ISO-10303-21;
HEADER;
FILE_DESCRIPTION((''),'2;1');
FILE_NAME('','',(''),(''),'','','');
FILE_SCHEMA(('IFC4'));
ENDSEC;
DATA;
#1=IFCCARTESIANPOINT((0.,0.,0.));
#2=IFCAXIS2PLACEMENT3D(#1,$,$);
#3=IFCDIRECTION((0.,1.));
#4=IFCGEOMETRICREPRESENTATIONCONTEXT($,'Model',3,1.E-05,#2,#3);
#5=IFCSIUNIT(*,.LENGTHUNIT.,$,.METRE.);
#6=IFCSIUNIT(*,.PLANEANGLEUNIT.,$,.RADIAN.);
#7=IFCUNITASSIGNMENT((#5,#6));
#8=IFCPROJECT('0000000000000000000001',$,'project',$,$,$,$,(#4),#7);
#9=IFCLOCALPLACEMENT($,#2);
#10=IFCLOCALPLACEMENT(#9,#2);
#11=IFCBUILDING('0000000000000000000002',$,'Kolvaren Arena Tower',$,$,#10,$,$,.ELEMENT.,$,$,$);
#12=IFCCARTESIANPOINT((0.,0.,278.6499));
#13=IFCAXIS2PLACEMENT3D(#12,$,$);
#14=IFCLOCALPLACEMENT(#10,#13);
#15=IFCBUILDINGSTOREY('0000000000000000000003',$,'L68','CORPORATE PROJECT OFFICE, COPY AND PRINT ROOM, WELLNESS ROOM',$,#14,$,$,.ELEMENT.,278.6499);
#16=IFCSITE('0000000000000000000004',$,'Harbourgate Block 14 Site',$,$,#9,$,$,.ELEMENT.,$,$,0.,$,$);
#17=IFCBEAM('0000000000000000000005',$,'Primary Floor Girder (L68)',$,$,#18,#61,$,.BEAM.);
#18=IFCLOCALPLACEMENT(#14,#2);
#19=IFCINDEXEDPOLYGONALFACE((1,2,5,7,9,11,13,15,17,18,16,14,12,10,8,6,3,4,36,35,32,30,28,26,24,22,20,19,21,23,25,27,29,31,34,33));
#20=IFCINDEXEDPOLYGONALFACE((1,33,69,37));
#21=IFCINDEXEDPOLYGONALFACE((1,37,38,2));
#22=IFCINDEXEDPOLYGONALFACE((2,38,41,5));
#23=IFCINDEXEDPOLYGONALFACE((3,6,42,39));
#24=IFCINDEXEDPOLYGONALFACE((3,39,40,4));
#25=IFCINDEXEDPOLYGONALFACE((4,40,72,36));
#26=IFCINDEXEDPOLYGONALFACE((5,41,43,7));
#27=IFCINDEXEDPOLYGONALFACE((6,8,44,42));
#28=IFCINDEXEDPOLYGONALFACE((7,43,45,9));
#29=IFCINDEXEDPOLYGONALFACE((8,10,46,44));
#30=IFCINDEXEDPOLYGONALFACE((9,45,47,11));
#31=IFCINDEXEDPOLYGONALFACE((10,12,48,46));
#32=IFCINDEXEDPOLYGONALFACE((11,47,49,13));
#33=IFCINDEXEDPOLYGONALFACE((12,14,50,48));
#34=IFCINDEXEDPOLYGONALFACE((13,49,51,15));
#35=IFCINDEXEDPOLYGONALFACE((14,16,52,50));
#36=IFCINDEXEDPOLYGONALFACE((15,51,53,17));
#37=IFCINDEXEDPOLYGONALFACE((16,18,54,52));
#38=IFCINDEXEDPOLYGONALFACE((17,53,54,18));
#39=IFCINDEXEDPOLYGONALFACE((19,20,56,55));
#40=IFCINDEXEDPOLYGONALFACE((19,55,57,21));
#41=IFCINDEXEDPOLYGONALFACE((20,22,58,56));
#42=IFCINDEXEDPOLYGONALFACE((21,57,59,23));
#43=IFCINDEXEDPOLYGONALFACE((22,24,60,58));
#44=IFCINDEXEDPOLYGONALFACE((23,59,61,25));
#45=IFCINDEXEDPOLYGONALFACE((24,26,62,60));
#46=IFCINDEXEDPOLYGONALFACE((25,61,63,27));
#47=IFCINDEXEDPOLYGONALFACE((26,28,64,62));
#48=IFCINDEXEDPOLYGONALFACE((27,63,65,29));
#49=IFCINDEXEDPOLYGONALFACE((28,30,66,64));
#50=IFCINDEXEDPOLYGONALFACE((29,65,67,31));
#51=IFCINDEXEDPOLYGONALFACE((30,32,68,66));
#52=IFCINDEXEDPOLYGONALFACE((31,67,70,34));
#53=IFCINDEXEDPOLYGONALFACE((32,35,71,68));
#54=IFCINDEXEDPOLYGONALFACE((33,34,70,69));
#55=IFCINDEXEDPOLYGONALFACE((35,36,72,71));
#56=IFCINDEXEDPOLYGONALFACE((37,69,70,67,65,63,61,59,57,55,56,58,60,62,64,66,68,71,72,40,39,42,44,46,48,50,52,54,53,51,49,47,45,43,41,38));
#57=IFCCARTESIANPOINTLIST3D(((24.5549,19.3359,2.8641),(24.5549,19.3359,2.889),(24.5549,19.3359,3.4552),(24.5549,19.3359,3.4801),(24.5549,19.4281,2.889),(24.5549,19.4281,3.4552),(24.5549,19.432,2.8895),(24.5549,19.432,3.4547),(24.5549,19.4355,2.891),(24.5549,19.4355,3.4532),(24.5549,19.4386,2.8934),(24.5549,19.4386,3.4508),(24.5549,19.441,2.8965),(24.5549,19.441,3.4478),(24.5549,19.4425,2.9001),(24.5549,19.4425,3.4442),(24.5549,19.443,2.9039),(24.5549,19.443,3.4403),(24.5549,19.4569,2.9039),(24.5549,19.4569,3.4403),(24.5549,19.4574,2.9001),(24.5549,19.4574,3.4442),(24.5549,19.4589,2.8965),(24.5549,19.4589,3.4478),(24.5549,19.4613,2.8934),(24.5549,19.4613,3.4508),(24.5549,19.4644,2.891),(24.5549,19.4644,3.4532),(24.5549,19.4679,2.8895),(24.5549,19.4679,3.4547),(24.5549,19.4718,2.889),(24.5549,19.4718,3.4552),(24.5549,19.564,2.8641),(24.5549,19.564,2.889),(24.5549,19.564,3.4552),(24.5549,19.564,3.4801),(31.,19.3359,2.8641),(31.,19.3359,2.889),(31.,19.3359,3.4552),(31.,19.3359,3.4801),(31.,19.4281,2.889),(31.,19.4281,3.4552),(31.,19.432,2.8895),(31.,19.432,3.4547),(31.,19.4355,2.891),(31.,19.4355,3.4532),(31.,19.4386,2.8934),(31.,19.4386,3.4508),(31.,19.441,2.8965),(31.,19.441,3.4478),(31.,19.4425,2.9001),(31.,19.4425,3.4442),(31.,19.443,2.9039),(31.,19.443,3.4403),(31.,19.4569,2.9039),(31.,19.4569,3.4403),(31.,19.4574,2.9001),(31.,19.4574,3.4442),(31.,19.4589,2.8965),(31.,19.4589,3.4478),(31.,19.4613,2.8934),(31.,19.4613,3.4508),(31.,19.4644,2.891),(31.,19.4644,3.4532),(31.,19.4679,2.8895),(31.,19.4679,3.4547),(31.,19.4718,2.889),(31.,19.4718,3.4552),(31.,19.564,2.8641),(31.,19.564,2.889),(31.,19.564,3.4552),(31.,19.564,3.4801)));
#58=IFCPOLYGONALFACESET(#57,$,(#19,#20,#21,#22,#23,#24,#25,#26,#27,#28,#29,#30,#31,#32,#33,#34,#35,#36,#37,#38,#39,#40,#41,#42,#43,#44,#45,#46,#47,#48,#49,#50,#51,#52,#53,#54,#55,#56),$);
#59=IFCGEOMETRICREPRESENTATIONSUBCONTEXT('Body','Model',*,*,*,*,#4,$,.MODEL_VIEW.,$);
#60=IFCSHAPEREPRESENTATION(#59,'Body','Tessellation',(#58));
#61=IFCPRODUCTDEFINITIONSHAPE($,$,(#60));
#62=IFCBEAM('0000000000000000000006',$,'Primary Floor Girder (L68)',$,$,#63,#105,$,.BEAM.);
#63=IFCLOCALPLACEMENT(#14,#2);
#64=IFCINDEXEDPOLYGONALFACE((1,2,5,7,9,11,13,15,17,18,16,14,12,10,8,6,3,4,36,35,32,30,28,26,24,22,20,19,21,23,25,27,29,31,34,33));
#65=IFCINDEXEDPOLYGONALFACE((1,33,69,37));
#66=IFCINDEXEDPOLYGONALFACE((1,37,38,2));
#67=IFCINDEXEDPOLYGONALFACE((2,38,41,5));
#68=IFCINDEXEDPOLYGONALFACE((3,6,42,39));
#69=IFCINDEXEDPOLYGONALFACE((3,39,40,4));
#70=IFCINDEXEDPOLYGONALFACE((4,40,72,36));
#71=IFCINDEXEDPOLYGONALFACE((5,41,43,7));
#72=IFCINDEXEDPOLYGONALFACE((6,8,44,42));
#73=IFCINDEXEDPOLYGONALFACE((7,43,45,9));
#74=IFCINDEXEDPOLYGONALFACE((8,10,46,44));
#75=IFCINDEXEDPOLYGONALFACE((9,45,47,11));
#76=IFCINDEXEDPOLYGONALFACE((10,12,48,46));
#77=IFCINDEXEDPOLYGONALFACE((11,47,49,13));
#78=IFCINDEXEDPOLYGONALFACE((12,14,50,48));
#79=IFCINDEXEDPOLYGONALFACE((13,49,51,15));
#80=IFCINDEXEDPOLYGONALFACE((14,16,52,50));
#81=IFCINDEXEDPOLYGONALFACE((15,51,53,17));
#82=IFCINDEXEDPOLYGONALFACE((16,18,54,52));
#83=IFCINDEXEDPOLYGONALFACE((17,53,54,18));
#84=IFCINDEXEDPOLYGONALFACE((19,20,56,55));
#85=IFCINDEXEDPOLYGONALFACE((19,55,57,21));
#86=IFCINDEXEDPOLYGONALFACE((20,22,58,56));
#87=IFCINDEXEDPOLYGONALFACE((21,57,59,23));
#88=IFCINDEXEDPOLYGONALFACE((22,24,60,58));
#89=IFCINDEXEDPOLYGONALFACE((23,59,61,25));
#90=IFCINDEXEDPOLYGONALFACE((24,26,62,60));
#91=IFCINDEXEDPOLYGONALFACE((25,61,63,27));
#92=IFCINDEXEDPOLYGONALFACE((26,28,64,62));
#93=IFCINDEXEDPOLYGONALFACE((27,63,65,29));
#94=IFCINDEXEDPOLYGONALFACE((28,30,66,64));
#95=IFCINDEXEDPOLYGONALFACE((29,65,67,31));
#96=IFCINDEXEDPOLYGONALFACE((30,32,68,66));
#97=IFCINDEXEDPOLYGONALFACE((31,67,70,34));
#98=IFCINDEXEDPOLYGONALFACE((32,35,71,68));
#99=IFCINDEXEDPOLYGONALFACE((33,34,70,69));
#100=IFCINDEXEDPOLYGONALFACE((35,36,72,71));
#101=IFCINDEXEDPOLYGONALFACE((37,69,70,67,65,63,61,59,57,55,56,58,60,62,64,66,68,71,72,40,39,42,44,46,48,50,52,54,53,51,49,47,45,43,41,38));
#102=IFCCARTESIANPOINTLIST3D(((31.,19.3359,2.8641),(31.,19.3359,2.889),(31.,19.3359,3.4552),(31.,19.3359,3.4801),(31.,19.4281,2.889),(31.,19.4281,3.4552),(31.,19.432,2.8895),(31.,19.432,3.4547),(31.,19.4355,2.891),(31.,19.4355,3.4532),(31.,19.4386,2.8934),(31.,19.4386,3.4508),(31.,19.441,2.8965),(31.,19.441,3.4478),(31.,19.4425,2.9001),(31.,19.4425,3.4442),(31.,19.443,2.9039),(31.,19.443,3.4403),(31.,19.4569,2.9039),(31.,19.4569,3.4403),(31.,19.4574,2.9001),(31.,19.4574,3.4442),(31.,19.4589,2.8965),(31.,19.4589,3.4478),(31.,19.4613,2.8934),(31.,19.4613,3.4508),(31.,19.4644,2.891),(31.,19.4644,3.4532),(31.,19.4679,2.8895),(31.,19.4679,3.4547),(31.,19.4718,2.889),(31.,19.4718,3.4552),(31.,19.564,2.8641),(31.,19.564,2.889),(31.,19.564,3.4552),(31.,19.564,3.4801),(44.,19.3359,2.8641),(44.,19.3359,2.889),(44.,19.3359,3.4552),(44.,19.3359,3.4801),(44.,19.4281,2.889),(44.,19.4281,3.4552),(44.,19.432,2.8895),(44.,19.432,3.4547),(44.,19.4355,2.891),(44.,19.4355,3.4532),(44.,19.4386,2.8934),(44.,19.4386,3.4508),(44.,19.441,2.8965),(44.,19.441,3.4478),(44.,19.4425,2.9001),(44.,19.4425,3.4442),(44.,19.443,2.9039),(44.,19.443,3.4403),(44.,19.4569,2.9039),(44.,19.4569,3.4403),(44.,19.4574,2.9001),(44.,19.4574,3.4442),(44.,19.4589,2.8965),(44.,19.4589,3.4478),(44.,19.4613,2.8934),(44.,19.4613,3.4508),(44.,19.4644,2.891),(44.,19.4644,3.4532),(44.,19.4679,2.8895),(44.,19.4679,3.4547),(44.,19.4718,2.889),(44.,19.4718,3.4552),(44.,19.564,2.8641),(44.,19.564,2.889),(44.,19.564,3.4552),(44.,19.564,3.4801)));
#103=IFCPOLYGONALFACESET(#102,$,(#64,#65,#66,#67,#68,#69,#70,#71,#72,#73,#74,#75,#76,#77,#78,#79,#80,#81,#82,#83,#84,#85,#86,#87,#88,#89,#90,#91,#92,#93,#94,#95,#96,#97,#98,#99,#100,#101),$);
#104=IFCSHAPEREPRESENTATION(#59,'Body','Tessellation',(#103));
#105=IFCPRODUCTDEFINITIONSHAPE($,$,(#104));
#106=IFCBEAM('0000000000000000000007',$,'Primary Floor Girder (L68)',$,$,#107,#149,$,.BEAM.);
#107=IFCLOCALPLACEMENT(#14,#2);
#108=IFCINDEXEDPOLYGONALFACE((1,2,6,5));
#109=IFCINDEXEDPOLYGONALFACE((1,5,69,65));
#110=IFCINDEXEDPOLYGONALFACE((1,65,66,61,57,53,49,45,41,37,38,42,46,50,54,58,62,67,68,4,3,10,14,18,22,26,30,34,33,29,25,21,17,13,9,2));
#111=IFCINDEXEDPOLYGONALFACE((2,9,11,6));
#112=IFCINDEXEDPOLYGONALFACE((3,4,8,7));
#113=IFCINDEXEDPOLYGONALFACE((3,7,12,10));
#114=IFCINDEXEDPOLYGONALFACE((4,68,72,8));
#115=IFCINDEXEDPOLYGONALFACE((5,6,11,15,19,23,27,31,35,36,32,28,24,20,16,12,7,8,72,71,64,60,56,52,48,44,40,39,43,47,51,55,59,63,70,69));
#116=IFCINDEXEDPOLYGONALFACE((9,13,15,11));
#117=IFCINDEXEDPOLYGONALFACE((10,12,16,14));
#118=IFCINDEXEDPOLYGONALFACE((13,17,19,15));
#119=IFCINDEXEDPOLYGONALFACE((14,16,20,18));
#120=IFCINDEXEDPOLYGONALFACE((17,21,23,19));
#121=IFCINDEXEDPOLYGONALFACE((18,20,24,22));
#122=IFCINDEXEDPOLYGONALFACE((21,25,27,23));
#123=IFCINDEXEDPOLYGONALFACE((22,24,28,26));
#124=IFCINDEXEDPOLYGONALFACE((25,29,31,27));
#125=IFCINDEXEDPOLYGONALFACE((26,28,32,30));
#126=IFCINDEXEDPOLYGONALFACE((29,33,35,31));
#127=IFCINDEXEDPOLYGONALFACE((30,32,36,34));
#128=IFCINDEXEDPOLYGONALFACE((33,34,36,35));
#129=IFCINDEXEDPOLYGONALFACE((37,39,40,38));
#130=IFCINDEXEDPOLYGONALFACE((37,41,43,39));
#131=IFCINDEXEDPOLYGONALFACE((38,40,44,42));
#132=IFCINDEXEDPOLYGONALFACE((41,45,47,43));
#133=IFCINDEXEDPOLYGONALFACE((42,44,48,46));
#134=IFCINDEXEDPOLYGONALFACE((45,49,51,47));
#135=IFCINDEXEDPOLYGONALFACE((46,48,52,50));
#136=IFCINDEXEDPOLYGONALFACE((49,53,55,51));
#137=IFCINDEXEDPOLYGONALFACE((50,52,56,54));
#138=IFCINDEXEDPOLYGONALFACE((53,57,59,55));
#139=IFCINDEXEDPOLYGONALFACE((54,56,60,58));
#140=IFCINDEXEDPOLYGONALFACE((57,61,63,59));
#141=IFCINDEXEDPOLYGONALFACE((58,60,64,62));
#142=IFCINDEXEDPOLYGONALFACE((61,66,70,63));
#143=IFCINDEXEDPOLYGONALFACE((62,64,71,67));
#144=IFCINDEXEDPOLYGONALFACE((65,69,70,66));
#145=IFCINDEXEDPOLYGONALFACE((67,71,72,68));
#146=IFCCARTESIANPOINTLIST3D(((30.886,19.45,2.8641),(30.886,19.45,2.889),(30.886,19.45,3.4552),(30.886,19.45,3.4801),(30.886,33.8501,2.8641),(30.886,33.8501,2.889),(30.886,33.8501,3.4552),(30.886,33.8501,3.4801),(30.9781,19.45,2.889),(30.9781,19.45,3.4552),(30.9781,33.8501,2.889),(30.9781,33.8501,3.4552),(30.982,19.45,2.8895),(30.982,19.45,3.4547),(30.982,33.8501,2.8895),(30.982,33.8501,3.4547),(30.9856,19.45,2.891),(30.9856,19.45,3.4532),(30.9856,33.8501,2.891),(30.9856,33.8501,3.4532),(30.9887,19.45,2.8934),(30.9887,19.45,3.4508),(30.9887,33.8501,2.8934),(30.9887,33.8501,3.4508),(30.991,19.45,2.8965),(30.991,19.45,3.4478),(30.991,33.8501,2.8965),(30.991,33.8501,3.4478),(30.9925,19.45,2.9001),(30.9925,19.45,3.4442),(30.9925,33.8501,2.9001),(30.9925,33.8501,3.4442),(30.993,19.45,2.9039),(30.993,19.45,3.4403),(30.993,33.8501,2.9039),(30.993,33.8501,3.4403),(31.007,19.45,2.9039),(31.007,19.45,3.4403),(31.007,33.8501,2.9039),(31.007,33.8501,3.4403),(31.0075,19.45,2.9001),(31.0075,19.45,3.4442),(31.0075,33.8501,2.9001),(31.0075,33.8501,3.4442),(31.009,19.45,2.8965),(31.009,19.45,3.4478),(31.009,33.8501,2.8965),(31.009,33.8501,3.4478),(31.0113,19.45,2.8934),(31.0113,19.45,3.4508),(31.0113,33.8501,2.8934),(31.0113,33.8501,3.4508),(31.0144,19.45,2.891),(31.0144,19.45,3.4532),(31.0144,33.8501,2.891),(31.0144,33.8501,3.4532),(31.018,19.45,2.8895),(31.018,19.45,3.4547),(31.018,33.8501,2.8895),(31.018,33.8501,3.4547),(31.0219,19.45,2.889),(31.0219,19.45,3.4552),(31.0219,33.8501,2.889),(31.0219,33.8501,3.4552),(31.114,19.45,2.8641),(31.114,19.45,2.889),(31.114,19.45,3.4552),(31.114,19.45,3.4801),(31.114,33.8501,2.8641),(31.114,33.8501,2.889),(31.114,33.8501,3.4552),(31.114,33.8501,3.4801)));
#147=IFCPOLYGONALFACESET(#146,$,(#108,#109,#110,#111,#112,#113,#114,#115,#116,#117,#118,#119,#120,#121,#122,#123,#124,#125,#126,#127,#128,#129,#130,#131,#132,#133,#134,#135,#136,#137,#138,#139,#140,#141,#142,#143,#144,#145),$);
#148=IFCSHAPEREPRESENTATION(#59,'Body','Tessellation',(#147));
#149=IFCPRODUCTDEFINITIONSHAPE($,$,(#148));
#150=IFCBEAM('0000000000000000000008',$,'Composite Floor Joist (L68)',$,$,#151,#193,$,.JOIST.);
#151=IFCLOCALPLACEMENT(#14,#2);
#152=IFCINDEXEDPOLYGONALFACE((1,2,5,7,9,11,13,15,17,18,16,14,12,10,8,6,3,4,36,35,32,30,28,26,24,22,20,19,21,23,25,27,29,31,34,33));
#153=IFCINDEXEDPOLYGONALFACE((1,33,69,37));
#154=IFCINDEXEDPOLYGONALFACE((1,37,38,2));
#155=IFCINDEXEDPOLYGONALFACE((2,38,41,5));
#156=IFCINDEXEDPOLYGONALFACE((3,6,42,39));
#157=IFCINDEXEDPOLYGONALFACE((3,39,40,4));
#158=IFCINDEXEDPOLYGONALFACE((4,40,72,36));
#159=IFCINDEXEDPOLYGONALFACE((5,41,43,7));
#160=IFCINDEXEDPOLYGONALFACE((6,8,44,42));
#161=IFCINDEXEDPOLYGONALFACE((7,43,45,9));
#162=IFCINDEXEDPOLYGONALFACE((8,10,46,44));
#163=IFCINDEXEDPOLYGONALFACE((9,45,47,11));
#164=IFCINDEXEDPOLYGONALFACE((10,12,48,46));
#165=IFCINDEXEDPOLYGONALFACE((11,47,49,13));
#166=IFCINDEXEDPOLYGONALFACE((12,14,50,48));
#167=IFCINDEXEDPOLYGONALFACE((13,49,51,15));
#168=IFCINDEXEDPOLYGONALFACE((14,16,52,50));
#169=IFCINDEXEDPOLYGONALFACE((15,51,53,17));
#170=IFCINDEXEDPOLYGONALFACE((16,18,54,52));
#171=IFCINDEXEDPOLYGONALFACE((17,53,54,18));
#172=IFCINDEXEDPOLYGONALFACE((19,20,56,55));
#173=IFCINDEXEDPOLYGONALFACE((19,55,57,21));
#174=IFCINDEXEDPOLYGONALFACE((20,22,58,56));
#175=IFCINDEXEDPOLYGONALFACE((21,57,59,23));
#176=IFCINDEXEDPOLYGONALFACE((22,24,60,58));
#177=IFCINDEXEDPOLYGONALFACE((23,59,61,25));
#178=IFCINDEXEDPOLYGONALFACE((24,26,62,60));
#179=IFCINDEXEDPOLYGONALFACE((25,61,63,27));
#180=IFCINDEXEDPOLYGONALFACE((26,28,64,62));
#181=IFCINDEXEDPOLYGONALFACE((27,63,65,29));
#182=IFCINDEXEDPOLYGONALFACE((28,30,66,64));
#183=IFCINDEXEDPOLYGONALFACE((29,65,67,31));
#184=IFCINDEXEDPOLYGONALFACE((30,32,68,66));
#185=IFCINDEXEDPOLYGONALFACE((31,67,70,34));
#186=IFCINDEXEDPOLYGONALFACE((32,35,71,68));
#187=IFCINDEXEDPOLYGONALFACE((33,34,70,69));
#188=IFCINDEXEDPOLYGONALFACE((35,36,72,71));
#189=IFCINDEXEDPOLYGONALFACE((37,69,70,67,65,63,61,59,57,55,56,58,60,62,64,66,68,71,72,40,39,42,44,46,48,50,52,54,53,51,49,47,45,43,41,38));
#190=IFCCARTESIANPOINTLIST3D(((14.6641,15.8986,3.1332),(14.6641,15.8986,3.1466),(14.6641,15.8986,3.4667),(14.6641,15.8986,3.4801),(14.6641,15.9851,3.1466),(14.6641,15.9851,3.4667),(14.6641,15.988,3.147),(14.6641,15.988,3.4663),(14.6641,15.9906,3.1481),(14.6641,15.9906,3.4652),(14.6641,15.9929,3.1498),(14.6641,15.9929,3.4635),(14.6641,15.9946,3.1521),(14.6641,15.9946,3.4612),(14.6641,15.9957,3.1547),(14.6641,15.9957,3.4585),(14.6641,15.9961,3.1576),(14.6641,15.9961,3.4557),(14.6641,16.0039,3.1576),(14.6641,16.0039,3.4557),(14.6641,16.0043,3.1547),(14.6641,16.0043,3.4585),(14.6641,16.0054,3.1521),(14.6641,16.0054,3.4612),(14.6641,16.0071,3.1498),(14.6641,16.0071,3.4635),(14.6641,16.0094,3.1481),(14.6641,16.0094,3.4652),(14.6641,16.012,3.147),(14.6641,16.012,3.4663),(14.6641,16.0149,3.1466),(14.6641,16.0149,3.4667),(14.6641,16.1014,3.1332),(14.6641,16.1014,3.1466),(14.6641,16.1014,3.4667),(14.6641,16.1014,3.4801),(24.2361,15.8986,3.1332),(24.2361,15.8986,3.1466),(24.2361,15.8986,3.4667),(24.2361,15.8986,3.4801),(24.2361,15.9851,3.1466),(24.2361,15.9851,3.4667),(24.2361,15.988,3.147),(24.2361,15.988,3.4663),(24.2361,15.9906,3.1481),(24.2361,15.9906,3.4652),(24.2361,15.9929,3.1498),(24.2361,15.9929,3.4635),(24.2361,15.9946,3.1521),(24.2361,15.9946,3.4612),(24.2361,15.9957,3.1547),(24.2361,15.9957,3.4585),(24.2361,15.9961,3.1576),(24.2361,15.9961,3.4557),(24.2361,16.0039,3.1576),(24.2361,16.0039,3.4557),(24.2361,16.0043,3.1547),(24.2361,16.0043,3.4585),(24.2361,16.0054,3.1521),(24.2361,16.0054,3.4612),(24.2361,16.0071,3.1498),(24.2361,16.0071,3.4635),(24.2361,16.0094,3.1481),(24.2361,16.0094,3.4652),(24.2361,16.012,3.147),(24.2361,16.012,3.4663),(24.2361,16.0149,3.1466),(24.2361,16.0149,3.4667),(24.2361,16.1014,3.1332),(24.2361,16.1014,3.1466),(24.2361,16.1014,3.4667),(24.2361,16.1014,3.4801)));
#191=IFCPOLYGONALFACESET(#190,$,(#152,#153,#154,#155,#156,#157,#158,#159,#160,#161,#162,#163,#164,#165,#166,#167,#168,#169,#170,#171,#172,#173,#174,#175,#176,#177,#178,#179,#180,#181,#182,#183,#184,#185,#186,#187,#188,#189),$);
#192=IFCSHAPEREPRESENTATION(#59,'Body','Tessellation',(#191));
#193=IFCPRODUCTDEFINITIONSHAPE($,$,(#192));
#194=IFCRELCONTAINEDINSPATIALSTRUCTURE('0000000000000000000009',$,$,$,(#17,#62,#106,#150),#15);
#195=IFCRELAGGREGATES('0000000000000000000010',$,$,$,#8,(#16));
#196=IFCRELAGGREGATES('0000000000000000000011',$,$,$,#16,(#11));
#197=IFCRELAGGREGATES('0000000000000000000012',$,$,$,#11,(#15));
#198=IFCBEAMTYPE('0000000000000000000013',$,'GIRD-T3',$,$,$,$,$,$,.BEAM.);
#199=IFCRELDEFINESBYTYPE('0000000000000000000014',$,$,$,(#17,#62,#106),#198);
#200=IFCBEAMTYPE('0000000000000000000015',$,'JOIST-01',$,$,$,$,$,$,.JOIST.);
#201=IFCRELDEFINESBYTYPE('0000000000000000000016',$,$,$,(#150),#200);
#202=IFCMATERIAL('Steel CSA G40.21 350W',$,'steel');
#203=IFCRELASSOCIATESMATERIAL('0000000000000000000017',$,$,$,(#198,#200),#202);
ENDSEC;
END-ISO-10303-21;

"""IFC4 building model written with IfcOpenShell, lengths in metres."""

from ifc_helpers import new_model, si_unit, direction, frame, origin, origin_2d, place, context, subcontext, project, spatial, i_section, extrude, material, material_profile, profile_set, type_object, element, save


model = new_model("IFC4")

# Units and contexts
model_context = context("Model", 3, precision=1e-05, world=origin(), true_north=direction((0.0, 1.0)))
body_context = subcontext(model_context, "Body", "Model", "MODEL_VIEW")
ifc_project = project(units=[si_unit("LENGTHUNIT", "METRE"), si_unit("PLANEANGLEUNIT", "RADIAN")], contexts=[model_context])

# Site, building, storey
site_placement = place(None, origin())
site = spatial("IfcSite", under=ifc_project, at=site_placement, Name="Harbourgate Block 14 Site", CompositionType="ELEMENT", RefElevation=0.0)
building_placement = place(site_placement, origin())
building = spatial("IfcBuilding", under=site, at=building_placement, Name="Kolvaren Arena Tower", CompositionType="ELEMENT")
storey_placement = place(building_placement, frame((0.0, 0.0, 278.6499)))
storey = spatial("IfcBuildingStorey", under=building, at=storey_placement, Name="L68", Description="CORPORATE PROJECT OFFICE, COPY AND PRINT ROOM, WELLNESS ROOM", CompositionType="ELEMENT", Elevation=278.6499)

# Beams
ifc_material_1 = material(Name="Steel CSA G40.21 350W", Category="steel")
ifc_material_profile_1 = material_profile(ifc_material_1, i_section(OverallWidth=0.228, OverallDepth=0.616, WebThickness=0.0139, FlangeThickness=0.0249, FilletRadius=0.0149, at=origin_2d()), Name="W610x174")
ifc_profile_set_1 = profile_set([ifc_material_profile_1], Name="Steel CSA G40.21 350W")
beam_type_1 = type_object("IfcBeamType", Name="GIRD-T3", PredefinedType="BEAM", material=ifc_profile_set_1)
beam_1_placement = place(storey_placement, frame((24.5549, 19.45, 3.1721), z_axis=(1.0, 0.0, 0.0), x_axis=(0.0, 1.0, 0.0)))
element("IfcBeam", 1, at=beam_1_placement, inside=storey, type_object=beam_type_1, Name="Primary Floor Girder (L68)", PredefinedType="BEAM", context=body_context, shape_type="SweptSolid", body=[
    extrude(i_section(OverallWidth=0.228, OverallDepth=0.616, WebThickness=0.0139, FlangeThickness=0.0249, FilletRadius=0.0149, at=origin_2d()), origin(), (0.0, 0.0, 1.0), 6.4451),
])
beam_2_placement = place(storey_placement, frame((31.0, 19.45, 3.1721), z_axis=(1.0, 0.0, 0.0), x_axis=(0.0, 1.0, 0.0)))
element("IfcBeam", 2, at=beam_2_placement, inside=storey, type_object=beam_type_1, Name="Primary Floor Girder (L68)", PredefinedType="BEAM", context=body_context, shape_type="SweptSolid", body=[
    extrude(i_section(OverallWidth=0.228, OverallDepth=0.616, WebThickness=0.0139, FlangeThickness=0.0249, FilletRadius=0.0149, at=origin_2d()), origin(), (0.0, 0.0, 1.0), 13.0),
])
beam_3_placement = place(storey_placement, frame((31.0, 19.45, 3.1721), z_axis=(0.0, 1.0, 0.0), x_axis=(-1.0, 0.0, 0.0)))
element("IfcBeam", 3, at=beam_3_placement, inside=storey, type_object=beam_type_1, Name="Primary Floor Girder (L68)", PredefinedType="BEAM", context=body_context, shape_type="SweptSolid", body=[
    extrude(i_section(OverallWidth=0.228, OverallDepth=0.616, WebThickness=0.0139, FlangeThickness=0.0249, FilletRadius=0.0149, at=origin_2d()), origin(), (0.0, 0.0, 1.0), 14.4001),
])
ifc_material_profile_2 = material_profile(ifc_material_1, i_section(OverallWidth=0.2029, OverallDepth=0.3469, WebThickness=0.0078, FlangeThickness=0.0134, FilletRadius=0.011, at=origin_2d()), Name="W360x64")
ifc_profile_set_2 = profile_set([ifc_material_profile_2], Name="Steel CSA G40.21 350W")
beam_type_2 = type_object("IfcBeamType", Name="JOIST-01", PredefinedType="JOIST", material=ifc_profile_set_2)
beam_4_placement = place(storey_placement, frame((14.6641, 16.0, 3.3066), z_axis=(1.0, 0.0, 0.0), x_axis=(0.0, 1.0, 0.0)))
element("IfcBeam", 4, at=beam_4_placement, inside=storey, type_object=beam_type_2, Name="Composite Floor Joist (L68)", PredefinedType="JOIST", context=body_context, shape_type="SweptSolid", body=[
    extrude(i_section(OverallWidth=0.2029, OverallDepth=0.3469, WebThickness=0.0078, FlangeThickness=0.0134, FilletRadius=0.011, at=origin_2d()), origin(), (0.0, 0.0, 1.0), 9.572),
])

save(model, "model.ifc")
